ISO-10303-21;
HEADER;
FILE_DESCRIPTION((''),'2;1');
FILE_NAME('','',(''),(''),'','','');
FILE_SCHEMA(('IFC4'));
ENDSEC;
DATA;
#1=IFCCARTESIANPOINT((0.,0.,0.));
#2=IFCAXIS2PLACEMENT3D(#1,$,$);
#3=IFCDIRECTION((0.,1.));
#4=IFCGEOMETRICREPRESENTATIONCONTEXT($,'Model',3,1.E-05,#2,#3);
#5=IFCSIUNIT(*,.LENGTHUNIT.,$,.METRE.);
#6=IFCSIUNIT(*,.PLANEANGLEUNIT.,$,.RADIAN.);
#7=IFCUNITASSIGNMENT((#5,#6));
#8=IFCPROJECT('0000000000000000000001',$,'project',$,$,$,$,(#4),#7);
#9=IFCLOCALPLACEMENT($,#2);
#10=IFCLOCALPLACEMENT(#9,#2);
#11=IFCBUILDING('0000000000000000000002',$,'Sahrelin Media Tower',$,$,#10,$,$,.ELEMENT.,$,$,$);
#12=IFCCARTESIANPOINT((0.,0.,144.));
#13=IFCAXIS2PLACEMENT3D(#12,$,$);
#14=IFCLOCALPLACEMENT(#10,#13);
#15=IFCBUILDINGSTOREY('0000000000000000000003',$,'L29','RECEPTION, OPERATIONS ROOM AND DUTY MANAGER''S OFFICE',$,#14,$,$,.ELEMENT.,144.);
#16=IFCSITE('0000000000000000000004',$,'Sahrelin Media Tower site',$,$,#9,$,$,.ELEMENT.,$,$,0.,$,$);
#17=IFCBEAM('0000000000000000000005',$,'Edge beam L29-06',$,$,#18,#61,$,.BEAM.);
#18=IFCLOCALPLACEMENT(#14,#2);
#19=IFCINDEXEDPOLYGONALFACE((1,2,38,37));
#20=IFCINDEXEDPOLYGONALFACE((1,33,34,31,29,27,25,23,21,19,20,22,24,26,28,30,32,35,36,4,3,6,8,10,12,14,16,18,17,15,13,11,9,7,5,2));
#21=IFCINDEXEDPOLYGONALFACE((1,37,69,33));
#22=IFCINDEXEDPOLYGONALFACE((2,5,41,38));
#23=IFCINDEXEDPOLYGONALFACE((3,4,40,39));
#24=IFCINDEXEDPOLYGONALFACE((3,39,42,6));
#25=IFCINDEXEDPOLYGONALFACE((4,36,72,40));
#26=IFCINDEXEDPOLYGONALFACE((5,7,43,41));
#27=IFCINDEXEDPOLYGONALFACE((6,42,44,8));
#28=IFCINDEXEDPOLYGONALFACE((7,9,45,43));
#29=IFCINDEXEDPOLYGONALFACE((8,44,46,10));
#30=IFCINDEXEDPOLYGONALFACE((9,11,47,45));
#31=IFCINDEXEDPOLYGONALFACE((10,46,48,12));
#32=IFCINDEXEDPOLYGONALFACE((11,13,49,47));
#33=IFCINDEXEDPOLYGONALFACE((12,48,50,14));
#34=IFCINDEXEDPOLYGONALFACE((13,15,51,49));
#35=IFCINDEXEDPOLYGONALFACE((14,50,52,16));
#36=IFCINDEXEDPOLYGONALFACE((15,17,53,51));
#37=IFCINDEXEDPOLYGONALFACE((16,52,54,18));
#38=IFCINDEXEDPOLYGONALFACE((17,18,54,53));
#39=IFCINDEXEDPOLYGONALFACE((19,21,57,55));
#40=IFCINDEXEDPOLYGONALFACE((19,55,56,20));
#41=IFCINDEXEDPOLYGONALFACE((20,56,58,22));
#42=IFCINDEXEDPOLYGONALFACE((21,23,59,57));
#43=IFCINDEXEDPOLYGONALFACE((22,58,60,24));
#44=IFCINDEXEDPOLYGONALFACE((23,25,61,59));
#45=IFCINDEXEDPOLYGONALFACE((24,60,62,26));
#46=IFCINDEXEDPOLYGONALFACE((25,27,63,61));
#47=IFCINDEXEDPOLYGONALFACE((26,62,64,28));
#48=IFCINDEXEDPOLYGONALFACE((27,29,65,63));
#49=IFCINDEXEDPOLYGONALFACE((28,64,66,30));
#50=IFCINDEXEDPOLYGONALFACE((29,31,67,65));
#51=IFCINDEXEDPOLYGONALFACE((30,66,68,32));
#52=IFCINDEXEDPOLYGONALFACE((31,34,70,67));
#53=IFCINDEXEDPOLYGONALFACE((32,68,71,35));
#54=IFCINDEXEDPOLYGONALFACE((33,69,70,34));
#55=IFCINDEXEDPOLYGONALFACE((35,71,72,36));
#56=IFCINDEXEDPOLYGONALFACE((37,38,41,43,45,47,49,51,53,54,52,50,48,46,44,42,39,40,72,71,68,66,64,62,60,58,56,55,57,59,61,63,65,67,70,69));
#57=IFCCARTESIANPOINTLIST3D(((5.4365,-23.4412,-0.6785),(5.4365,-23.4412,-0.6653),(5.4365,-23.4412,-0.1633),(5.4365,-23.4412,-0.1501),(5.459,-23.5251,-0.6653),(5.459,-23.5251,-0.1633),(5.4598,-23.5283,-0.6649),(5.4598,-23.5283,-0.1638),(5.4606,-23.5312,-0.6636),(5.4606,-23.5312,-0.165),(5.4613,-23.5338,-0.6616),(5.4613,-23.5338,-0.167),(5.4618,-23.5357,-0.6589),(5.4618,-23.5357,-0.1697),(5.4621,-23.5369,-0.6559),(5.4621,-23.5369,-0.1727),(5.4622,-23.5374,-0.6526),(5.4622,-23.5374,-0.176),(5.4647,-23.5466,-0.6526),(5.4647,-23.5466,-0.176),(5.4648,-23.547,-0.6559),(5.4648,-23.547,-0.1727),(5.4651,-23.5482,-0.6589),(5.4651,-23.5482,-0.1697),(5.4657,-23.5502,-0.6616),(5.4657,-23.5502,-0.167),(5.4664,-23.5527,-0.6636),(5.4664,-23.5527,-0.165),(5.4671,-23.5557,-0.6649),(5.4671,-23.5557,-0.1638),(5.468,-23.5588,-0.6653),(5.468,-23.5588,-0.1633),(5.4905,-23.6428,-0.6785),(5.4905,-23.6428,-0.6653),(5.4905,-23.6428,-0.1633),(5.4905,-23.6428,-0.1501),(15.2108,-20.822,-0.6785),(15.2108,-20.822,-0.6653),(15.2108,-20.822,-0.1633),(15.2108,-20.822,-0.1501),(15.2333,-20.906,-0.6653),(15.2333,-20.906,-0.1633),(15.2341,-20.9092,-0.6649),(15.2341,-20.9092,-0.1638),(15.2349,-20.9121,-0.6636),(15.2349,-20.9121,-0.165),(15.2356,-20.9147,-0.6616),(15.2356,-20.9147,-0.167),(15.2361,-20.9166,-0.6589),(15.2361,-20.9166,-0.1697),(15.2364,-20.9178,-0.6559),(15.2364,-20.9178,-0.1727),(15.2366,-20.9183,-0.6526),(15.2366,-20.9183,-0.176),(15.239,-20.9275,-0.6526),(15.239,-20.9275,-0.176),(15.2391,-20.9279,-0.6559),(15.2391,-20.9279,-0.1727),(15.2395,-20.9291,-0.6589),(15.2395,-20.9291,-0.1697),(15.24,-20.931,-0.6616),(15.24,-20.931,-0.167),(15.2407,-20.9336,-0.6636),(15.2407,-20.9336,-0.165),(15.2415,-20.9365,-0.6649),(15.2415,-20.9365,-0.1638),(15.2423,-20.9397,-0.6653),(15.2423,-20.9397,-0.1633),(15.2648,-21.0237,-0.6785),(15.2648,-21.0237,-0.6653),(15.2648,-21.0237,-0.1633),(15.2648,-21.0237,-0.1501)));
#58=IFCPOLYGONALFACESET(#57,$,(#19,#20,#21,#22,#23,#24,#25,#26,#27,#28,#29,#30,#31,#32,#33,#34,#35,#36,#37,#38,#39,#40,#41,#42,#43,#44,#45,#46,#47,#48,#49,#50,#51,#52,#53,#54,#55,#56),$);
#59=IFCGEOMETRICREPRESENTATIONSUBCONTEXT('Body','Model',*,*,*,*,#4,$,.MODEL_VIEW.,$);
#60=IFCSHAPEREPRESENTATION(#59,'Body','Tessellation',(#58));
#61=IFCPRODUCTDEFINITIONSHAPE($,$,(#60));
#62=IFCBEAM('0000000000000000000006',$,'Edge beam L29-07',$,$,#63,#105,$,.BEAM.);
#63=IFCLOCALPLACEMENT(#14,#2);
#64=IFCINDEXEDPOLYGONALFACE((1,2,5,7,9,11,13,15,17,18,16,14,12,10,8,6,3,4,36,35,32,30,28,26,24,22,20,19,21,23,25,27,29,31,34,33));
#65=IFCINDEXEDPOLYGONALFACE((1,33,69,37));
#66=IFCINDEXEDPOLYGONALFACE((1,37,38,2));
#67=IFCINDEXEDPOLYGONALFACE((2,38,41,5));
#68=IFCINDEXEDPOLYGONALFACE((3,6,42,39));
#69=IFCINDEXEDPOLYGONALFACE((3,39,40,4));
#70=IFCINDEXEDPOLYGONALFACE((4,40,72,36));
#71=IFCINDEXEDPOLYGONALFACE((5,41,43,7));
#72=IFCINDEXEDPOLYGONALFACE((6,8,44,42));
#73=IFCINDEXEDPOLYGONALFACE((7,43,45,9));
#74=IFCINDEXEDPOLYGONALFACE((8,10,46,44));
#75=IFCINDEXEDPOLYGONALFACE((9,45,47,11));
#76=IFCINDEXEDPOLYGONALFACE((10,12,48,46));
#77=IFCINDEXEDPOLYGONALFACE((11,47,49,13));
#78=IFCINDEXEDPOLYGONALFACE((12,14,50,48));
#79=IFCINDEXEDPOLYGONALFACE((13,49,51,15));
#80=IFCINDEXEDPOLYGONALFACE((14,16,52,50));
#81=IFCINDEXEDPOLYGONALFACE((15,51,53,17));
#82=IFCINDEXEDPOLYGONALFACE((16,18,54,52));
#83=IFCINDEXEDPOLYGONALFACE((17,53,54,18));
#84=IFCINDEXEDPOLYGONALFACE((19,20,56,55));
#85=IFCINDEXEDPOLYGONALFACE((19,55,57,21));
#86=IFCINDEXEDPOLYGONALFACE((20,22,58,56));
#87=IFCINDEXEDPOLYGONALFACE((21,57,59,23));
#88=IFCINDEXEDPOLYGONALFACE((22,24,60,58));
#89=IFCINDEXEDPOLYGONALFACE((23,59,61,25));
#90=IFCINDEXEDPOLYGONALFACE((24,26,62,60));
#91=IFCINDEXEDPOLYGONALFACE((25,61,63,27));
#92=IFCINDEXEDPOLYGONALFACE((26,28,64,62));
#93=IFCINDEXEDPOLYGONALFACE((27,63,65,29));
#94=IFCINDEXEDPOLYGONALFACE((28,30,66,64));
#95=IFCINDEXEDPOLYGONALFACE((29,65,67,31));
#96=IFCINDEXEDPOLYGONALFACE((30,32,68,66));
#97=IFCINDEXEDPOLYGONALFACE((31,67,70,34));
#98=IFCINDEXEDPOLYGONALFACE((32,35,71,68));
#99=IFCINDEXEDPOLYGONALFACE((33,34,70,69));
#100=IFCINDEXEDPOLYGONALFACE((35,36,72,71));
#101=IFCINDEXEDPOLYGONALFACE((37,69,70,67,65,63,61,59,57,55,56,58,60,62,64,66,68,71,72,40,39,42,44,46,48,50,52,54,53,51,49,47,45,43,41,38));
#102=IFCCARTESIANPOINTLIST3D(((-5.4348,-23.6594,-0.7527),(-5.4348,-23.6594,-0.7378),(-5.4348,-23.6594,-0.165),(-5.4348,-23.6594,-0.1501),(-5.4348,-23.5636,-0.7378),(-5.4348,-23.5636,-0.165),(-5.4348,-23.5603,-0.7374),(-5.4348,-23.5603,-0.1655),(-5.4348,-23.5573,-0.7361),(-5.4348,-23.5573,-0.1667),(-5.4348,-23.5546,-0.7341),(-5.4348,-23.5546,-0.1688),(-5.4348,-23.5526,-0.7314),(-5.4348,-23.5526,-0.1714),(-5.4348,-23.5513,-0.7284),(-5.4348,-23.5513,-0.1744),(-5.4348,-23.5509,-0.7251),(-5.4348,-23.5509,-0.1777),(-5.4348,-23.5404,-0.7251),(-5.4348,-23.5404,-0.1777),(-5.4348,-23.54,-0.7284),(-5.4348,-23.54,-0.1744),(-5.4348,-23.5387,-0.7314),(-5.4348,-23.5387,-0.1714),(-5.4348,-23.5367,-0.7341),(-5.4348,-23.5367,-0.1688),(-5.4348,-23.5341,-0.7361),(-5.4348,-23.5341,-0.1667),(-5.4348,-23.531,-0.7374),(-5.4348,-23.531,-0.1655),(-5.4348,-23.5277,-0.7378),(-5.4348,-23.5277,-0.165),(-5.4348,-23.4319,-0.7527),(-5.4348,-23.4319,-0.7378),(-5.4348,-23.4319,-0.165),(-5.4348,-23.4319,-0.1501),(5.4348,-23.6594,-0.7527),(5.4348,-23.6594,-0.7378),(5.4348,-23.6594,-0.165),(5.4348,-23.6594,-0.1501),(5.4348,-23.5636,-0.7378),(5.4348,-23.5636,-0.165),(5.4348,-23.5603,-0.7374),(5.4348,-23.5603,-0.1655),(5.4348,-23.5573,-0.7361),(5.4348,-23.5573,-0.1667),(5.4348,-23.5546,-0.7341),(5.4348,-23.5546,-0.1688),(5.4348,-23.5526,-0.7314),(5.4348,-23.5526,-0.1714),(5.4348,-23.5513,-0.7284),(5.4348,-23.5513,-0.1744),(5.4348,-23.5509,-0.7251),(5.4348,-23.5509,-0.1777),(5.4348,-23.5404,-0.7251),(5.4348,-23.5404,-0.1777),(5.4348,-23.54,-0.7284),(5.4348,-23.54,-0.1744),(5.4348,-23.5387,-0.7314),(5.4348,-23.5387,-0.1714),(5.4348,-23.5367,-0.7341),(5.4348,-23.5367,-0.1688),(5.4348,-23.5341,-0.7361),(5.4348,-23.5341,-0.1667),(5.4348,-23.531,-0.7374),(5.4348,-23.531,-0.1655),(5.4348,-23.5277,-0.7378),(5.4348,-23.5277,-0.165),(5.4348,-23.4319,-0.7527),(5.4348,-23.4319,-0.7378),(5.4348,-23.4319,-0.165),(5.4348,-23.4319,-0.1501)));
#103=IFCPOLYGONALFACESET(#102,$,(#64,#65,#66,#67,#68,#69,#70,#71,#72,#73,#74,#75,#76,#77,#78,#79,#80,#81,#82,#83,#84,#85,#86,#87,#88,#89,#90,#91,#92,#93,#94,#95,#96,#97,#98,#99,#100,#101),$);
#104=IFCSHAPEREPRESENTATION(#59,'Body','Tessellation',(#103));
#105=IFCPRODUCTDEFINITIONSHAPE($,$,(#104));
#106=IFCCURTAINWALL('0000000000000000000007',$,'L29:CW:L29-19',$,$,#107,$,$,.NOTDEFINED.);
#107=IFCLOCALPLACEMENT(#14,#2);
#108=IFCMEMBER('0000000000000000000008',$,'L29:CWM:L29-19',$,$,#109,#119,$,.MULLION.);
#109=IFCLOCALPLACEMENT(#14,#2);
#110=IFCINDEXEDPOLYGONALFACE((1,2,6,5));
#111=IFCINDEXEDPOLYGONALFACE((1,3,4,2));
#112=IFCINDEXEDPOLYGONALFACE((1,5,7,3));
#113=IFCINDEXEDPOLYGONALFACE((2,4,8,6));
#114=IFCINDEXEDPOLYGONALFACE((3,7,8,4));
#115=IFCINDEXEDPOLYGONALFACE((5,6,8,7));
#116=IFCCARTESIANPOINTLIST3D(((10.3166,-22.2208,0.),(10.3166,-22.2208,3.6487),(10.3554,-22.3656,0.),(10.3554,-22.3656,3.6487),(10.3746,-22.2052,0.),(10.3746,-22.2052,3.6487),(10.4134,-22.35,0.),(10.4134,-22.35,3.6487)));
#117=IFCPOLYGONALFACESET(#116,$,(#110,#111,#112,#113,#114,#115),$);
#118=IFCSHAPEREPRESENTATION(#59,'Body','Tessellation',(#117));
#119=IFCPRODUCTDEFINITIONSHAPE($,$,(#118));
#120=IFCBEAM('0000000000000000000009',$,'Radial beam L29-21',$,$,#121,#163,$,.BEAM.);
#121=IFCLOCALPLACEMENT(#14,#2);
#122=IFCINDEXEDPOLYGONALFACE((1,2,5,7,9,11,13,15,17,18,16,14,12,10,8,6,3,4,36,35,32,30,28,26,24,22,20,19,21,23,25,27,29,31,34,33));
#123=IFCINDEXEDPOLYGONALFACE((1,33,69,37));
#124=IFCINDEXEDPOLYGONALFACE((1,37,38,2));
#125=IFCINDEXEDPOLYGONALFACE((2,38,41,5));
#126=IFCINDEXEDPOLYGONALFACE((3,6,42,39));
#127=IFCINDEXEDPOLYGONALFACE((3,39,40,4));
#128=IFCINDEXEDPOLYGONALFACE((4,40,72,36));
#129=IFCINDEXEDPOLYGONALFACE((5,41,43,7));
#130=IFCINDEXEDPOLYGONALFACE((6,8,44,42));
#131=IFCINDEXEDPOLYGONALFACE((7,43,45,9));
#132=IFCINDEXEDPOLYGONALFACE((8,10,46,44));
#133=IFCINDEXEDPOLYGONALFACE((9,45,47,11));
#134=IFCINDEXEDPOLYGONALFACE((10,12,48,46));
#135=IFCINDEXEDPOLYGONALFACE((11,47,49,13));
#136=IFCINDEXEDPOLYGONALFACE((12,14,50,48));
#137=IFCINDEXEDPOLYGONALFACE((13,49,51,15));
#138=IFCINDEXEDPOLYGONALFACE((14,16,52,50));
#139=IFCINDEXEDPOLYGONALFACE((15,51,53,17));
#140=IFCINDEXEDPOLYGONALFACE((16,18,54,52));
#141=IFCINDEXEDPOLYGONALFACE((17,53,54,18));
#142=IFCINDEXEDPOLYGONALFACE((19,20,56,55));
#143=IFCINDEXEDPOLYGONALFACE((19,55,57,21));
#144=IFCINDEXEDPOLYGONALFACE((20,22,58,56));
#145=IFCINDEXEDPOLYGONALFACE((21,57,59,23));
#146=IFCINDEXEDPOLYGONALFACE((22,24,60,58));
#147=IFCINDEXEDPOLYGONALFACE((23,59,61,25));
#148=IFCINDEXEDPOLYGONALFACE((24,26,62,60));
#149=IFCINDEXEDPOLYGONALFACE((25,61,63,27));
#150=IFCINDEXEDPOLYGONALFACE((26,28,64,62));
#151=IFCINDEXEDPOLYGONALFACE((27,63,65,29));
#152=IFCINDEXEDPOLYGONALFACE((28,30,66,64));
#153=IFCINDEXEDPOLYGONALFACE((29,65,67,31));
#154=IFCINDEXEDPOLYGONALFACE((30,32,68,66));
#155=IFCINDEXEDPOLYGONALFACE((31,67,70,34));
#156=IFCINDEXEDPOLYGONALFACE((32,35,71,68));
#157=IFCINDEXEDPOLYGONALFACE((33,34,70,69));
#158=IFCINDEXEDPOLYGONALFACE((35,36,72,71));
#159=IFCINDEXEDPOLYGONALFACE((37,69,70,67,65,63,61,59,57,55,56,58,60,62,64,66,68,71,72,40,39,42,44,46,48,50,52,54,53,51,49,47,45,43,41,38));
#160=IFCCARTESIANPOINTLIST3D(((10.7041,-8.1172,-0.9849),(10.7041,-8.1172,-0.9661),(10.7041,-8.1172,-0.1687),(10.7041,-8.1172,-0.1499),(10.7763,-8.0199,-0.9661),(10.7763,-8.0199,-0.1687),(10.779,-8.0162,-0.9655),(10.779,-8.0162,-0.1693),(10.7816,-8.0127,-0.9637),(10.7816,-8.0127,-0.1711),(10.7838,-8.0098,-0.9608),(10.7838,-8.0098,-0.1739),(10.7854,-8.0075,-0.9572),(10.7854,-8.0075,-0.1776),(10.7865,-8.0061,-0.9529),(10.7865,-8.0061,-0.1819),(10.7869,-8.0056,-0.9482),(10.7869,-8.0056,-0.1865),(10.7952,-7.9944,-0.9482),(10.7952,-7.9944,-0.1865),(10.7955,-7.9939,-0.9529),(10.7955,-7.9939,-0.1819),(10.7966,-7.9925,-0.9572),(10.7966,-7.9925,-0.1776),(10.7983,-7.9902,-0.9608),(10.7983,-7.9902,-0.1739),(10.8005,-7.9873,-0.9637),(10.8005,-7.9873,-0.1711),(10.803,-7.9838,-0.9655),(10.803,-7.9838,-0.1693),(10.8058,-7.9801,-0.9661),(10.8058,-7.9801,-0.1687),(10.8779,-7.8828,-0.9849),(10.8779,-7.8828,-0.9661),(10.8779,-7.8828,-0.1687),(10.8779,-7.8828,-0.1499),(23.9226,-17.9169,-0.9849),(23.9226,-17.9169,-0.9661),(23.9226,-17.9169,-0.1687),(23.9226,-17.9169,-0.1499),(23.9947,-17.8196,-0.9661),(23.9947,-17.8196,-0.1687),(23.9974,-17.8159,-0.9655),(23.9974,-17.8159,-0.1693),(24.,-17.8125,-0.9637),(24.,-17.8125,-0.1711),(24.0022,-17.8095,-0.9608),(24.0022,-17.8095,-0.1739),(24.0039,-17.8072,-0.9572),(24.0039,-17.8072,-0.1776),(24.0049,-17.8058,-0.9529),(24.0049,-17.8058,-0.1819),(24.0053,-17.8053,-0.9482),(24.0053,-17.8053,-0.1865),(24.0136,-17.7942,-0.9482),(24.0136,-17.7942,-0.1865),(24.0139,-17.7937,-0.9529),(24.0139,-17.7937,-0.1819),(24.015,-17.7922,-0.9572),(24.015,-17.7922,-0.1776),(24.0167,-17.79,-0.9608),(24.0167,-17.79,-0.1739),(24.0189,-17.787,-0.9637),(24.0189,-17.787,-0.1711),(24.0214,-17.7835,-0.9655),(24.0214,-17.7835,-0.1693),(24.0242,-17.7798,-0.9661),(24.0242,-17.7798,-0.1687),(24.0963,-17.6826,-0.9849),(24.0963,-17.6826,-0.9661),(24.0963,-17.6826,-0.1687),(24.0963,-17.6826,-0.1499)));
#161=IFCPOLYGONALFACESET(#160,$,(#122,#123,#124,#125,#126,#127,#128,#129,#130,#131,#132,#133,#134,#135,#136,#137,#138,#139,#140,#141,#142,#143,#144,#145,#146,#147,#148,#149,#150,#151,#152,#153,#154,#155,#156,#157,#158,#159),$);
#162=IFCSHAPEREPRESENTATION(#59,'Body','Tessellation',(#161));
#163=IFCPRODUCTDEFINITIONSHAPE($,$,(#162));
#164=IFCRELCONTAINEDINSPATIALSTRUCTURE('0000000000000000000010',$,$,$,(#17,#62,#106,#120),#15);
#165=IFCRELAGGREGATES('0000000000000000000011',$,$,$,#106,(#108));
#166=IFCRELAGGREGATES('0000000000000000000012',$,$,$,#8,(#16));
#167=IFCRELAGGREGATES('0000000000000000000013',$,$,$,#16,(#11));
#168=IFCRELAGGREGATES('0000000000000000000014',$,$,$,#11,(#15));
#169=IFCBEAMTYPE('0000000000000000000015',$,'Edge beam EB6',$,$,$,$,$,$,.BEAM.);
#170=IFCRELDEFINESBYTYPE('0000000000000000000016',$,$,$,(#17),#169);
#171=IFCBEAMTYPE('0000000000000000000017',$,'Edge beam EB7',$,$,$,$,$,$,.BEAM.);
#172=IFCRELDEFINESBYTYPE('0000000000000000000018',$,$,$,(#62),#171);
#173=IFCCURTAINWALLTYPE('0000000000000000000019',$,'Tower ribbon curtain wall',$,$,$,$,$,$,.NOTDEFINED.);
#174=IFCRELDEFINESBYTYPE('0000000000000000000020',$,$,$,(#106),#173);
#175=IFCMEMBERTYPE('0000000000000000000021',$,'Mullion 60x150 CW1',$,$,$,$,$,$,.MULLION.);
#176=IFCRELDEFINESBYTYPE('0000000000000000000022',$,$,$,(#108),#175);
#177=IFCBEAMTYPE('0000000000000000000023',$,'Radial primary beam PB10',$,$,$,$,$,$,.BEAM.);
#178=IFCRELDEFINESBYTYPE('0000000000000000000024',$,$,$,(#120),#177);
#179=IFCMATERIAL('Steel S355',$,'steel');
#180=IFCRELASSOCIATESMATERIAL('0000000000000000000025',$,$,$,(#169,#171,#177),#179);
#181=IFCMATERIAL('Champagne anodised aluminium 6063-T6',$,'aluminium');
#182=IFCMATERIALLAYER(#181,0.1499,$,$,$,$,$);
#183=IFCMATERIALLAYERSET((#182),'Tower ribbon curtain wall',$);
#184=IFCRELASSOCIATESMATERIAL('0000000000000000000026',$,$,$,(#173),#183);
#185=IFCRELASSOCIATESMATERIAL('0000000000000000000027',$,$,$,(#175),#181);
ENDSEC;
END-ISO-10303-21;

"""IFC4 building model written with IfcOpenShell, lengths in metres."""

from ifc_helpers import new_model, si_unit, direction, frame, origin, origin_2d, place, context, subcontext, project, spatial, rectangle, i_section, extrude, material, layer, layer_set, material_profile, profile_set, type_object, element, aggregate, save


model = new_model("IFC4")

# Units and contexts
model_context = context("Model", 3, precision=1e-05, world=origin(), true_north=direction((0.0, 1.0)))
body_context = subcontext(model_context, "Body", "Model", "MODEL_VIEW")
ifc_project = project(units=[si_unit("LENGTHUNIT", "METRE"), si_unit("PLANEANGLEUNIT", "RADIAN")], contexts=[model_context])

# Site, building, storey
site_placement = place(None, origin())
site = spatial("IfcSite", under=ifc_project, at=site_placement, Name="Sahrelin Media Tower site", CompositionType="ELEMENT", RefElevation=0.0)
building_placement = place(site_placement, origin())
building = spatial("IfcBuilding", under=site, at=building_placement, Name="Sahrelin Media Tower", CompositionType="ELEMENT")
storey_placement = place(building_placement, frame((0.0, 0.0, 144.0)))
storey = spatial("IfcBuildingStorey", under=building, at=storey_placement, Name="L29", Description="RECEPTION, OPERATIONS ROOM AND DUTY MANAGER'S OFFICE", CompositionType="ELEMENT", Elevation=144.0)

# Beams
ifc_material_1 = material(Name="Steel S355", Category="steel")
ifc_material_profile_1 = material_profile(ifc_material_1, i_section(OverallWidth=0.2087, OverallDepth=0.5283, WebThickness=0.0095, FlangeThickness=0.0132, FilletRadius=0.0127, at=origin_2d()), Name="UB 533x210x82")
ifc_profile_set_1 = profile_set([ifc_material_profile_1], Name="Steel S355")
beam_type_1 = type_object("IfcBeamType", Name="Edge beam EB6", PredefinedType="BEAM", material=ifc_profile_set_1)
beam_1_placement = place(storey_placement, frame((15.2378, -20.9229, -0.4143), z_axis=(-0.965923, -0.258828, 0.0), x_axis=(0.258828, -0.965923, 0.0)))
element("IfcBeam", 1, at=beam_1_placement, inside=storey, type_object=beam_type_1, Name="Edge beam L29-06", PredefinedType="BEAM", context=body_context, shape_type="SweptSolid", body=[
    extrude(i_section(OverallWidth=0.2087, OverallDepth=0.5283, WebThickness=0.0095, FlangeThickness=0.0132, FilletRadius=0.0127, at=origin_2d()), origin(), (0.0, 0.0, 1.0), 10.1191),
])
ifc_material_profile_2 = material_profile(ifc_material_1, i_section(OverallWidth=0.2275, OverallDepth=0.6025, WebThickness=0.0105, FlangeThickness=0.0149, FilletRadius=0.0127, at=origin_2d()), Name="UB 610x229x101")
ifc_profile_set_2 = profile_set([ifc_material_profile_2], Name="Steel S355")
beam_type_2 = type_object("IfcBeamType", Name="Edge beam EB7", PredefinedType="BEAM", material=ifc_profile_set_2)
beam_2_placement = place(storey_placement, frame((5.4348, -23.5457, -0.4514), z_axis=(-1.0, 0.0, 0.0), x_axis=(0.0, -1.0, 0.0)))
element("IfcBeam", 2, at=beam_2_placement, inside=storey, type_object=beam_type_2, Name="Edge beam L29-07", PredefinedType="BEAM", context=body_context, shape_type="SweptSolid", body=[
    extrude(i_section(OverallWidth=0.2275, OverallDepth=0.6025, WebThickness=0.0105, FlangeThickness=0.0149, FilletRadius=0.0127, at=origin_2d()), origin(), (0.0, 0.0, 1.0), 10.8696),
])

# Curtain wall, member
ifc_material_2 = material(Name="Champagne anodised aluminium 6063-T6", Category="aluminium")
ifc_layer_1 = layer(ifc_material_2, 0.1499)
ifc_layer_set_1 = layer_set([ifc_layer_1], Name="Tower ribbon curtain wall")
curtain_wall_type = type_object("IfcCurtainWallType", Name="Tower ribbon curtain wall", PredefinedType="NOTDEFINED", material=ifc_layer_set_1)
curtain_wall_placement = place(storey_placement, frame((10.3894, -22.3772, 0.0), z_axis=(0.0, 0.0, 1.0), x_axis=(1.0, 0.0, 0.0)))
curtain_wall = element("IfcCurtainWall", 3, at=curtain_wall_placement, inside=storey, type_object=curtain_wall_type, Name="L29:CW:L29-19", PredefinedType="NOTDEFINED")
ifc_material_profile_3 = material_profile(ifc_material_2, rectangle(XDim=0.0601, YDim=0.1499, at=origin_2d()), Name="Mullion 60x150")
ifc_profile_set_3 = profile_set([ifc_material_profile_3], Name="Champagne anodised aluminium 6063-T6")
member_type_1 = type_object("IfcMemberType", Name="Mullion 60x150 CW1", PredefinedType="MULLION", material=ifc_profile_set_3)
member_1_placement = place(storey_placement, frame((10.365, -22.2854, 0.0), z_axis=(0.0, 0.0, 1.0), x_axis=(0.965926, 0.258819, 0.0)))
member_1 = element("IfcMember", 4, at=member_1_placement, type_object=member_type_1, Name="L29:CWM:L29-19", PredefinedType="MULLION", context=body_context, shape_type="SweptSolid", body=[
    extrude(rectangle(XDim=0.0601, YDim=0.1499, at=origin_2d()), origin(), (0.0, 0.0, 1.0), 3.6487),
])

# Beam
ifc_material_profile_4 = material_profile(ifc_material_1, i_section(OverallWidth=0.2917, OverallDepth=0.835, WebThickness=0.0139, FlangeThickness=0.0188, FilletRadius=0.0178, at=origin_2d()), Name="UB 838x292x176")
ifc_profile_set_4 = profile_set([ifc_material_profile_4], Name="Steel S355")
beam_type_3 = type_object("IfcBeamType", Name="Radial primary beam PB10", PredefinedType="BEAM", material=ifc_profile_set_4)
beam_3_placement = place(storey_placement, frame((10.791, -8.0, -0.5674), z_axis=(0.803315, -0.595554, 0.0), x_axis=(0.595554, 0.803315, 0.0)))
element("IfcBeam", 5, at=beam_3_placement, inside=storey, type_object=beam_type_3, Name="Radial beam L29-21", PredefinedType="BEAM", context=body_context, shape_type="SweptSolid", body=[
    extrude(i_section(OverallWidth=0.2917, OverallDepth=0.835, WebThickness=0.0139, FlangeThickness=0.0188, FilletRadius=0.0178, at=origin_2d()), origin(), (0.0, 0.0, 1.0), 16.4548),
])

aggregate(curtain_wall, [member_1])

save(model, "model.ifc")
